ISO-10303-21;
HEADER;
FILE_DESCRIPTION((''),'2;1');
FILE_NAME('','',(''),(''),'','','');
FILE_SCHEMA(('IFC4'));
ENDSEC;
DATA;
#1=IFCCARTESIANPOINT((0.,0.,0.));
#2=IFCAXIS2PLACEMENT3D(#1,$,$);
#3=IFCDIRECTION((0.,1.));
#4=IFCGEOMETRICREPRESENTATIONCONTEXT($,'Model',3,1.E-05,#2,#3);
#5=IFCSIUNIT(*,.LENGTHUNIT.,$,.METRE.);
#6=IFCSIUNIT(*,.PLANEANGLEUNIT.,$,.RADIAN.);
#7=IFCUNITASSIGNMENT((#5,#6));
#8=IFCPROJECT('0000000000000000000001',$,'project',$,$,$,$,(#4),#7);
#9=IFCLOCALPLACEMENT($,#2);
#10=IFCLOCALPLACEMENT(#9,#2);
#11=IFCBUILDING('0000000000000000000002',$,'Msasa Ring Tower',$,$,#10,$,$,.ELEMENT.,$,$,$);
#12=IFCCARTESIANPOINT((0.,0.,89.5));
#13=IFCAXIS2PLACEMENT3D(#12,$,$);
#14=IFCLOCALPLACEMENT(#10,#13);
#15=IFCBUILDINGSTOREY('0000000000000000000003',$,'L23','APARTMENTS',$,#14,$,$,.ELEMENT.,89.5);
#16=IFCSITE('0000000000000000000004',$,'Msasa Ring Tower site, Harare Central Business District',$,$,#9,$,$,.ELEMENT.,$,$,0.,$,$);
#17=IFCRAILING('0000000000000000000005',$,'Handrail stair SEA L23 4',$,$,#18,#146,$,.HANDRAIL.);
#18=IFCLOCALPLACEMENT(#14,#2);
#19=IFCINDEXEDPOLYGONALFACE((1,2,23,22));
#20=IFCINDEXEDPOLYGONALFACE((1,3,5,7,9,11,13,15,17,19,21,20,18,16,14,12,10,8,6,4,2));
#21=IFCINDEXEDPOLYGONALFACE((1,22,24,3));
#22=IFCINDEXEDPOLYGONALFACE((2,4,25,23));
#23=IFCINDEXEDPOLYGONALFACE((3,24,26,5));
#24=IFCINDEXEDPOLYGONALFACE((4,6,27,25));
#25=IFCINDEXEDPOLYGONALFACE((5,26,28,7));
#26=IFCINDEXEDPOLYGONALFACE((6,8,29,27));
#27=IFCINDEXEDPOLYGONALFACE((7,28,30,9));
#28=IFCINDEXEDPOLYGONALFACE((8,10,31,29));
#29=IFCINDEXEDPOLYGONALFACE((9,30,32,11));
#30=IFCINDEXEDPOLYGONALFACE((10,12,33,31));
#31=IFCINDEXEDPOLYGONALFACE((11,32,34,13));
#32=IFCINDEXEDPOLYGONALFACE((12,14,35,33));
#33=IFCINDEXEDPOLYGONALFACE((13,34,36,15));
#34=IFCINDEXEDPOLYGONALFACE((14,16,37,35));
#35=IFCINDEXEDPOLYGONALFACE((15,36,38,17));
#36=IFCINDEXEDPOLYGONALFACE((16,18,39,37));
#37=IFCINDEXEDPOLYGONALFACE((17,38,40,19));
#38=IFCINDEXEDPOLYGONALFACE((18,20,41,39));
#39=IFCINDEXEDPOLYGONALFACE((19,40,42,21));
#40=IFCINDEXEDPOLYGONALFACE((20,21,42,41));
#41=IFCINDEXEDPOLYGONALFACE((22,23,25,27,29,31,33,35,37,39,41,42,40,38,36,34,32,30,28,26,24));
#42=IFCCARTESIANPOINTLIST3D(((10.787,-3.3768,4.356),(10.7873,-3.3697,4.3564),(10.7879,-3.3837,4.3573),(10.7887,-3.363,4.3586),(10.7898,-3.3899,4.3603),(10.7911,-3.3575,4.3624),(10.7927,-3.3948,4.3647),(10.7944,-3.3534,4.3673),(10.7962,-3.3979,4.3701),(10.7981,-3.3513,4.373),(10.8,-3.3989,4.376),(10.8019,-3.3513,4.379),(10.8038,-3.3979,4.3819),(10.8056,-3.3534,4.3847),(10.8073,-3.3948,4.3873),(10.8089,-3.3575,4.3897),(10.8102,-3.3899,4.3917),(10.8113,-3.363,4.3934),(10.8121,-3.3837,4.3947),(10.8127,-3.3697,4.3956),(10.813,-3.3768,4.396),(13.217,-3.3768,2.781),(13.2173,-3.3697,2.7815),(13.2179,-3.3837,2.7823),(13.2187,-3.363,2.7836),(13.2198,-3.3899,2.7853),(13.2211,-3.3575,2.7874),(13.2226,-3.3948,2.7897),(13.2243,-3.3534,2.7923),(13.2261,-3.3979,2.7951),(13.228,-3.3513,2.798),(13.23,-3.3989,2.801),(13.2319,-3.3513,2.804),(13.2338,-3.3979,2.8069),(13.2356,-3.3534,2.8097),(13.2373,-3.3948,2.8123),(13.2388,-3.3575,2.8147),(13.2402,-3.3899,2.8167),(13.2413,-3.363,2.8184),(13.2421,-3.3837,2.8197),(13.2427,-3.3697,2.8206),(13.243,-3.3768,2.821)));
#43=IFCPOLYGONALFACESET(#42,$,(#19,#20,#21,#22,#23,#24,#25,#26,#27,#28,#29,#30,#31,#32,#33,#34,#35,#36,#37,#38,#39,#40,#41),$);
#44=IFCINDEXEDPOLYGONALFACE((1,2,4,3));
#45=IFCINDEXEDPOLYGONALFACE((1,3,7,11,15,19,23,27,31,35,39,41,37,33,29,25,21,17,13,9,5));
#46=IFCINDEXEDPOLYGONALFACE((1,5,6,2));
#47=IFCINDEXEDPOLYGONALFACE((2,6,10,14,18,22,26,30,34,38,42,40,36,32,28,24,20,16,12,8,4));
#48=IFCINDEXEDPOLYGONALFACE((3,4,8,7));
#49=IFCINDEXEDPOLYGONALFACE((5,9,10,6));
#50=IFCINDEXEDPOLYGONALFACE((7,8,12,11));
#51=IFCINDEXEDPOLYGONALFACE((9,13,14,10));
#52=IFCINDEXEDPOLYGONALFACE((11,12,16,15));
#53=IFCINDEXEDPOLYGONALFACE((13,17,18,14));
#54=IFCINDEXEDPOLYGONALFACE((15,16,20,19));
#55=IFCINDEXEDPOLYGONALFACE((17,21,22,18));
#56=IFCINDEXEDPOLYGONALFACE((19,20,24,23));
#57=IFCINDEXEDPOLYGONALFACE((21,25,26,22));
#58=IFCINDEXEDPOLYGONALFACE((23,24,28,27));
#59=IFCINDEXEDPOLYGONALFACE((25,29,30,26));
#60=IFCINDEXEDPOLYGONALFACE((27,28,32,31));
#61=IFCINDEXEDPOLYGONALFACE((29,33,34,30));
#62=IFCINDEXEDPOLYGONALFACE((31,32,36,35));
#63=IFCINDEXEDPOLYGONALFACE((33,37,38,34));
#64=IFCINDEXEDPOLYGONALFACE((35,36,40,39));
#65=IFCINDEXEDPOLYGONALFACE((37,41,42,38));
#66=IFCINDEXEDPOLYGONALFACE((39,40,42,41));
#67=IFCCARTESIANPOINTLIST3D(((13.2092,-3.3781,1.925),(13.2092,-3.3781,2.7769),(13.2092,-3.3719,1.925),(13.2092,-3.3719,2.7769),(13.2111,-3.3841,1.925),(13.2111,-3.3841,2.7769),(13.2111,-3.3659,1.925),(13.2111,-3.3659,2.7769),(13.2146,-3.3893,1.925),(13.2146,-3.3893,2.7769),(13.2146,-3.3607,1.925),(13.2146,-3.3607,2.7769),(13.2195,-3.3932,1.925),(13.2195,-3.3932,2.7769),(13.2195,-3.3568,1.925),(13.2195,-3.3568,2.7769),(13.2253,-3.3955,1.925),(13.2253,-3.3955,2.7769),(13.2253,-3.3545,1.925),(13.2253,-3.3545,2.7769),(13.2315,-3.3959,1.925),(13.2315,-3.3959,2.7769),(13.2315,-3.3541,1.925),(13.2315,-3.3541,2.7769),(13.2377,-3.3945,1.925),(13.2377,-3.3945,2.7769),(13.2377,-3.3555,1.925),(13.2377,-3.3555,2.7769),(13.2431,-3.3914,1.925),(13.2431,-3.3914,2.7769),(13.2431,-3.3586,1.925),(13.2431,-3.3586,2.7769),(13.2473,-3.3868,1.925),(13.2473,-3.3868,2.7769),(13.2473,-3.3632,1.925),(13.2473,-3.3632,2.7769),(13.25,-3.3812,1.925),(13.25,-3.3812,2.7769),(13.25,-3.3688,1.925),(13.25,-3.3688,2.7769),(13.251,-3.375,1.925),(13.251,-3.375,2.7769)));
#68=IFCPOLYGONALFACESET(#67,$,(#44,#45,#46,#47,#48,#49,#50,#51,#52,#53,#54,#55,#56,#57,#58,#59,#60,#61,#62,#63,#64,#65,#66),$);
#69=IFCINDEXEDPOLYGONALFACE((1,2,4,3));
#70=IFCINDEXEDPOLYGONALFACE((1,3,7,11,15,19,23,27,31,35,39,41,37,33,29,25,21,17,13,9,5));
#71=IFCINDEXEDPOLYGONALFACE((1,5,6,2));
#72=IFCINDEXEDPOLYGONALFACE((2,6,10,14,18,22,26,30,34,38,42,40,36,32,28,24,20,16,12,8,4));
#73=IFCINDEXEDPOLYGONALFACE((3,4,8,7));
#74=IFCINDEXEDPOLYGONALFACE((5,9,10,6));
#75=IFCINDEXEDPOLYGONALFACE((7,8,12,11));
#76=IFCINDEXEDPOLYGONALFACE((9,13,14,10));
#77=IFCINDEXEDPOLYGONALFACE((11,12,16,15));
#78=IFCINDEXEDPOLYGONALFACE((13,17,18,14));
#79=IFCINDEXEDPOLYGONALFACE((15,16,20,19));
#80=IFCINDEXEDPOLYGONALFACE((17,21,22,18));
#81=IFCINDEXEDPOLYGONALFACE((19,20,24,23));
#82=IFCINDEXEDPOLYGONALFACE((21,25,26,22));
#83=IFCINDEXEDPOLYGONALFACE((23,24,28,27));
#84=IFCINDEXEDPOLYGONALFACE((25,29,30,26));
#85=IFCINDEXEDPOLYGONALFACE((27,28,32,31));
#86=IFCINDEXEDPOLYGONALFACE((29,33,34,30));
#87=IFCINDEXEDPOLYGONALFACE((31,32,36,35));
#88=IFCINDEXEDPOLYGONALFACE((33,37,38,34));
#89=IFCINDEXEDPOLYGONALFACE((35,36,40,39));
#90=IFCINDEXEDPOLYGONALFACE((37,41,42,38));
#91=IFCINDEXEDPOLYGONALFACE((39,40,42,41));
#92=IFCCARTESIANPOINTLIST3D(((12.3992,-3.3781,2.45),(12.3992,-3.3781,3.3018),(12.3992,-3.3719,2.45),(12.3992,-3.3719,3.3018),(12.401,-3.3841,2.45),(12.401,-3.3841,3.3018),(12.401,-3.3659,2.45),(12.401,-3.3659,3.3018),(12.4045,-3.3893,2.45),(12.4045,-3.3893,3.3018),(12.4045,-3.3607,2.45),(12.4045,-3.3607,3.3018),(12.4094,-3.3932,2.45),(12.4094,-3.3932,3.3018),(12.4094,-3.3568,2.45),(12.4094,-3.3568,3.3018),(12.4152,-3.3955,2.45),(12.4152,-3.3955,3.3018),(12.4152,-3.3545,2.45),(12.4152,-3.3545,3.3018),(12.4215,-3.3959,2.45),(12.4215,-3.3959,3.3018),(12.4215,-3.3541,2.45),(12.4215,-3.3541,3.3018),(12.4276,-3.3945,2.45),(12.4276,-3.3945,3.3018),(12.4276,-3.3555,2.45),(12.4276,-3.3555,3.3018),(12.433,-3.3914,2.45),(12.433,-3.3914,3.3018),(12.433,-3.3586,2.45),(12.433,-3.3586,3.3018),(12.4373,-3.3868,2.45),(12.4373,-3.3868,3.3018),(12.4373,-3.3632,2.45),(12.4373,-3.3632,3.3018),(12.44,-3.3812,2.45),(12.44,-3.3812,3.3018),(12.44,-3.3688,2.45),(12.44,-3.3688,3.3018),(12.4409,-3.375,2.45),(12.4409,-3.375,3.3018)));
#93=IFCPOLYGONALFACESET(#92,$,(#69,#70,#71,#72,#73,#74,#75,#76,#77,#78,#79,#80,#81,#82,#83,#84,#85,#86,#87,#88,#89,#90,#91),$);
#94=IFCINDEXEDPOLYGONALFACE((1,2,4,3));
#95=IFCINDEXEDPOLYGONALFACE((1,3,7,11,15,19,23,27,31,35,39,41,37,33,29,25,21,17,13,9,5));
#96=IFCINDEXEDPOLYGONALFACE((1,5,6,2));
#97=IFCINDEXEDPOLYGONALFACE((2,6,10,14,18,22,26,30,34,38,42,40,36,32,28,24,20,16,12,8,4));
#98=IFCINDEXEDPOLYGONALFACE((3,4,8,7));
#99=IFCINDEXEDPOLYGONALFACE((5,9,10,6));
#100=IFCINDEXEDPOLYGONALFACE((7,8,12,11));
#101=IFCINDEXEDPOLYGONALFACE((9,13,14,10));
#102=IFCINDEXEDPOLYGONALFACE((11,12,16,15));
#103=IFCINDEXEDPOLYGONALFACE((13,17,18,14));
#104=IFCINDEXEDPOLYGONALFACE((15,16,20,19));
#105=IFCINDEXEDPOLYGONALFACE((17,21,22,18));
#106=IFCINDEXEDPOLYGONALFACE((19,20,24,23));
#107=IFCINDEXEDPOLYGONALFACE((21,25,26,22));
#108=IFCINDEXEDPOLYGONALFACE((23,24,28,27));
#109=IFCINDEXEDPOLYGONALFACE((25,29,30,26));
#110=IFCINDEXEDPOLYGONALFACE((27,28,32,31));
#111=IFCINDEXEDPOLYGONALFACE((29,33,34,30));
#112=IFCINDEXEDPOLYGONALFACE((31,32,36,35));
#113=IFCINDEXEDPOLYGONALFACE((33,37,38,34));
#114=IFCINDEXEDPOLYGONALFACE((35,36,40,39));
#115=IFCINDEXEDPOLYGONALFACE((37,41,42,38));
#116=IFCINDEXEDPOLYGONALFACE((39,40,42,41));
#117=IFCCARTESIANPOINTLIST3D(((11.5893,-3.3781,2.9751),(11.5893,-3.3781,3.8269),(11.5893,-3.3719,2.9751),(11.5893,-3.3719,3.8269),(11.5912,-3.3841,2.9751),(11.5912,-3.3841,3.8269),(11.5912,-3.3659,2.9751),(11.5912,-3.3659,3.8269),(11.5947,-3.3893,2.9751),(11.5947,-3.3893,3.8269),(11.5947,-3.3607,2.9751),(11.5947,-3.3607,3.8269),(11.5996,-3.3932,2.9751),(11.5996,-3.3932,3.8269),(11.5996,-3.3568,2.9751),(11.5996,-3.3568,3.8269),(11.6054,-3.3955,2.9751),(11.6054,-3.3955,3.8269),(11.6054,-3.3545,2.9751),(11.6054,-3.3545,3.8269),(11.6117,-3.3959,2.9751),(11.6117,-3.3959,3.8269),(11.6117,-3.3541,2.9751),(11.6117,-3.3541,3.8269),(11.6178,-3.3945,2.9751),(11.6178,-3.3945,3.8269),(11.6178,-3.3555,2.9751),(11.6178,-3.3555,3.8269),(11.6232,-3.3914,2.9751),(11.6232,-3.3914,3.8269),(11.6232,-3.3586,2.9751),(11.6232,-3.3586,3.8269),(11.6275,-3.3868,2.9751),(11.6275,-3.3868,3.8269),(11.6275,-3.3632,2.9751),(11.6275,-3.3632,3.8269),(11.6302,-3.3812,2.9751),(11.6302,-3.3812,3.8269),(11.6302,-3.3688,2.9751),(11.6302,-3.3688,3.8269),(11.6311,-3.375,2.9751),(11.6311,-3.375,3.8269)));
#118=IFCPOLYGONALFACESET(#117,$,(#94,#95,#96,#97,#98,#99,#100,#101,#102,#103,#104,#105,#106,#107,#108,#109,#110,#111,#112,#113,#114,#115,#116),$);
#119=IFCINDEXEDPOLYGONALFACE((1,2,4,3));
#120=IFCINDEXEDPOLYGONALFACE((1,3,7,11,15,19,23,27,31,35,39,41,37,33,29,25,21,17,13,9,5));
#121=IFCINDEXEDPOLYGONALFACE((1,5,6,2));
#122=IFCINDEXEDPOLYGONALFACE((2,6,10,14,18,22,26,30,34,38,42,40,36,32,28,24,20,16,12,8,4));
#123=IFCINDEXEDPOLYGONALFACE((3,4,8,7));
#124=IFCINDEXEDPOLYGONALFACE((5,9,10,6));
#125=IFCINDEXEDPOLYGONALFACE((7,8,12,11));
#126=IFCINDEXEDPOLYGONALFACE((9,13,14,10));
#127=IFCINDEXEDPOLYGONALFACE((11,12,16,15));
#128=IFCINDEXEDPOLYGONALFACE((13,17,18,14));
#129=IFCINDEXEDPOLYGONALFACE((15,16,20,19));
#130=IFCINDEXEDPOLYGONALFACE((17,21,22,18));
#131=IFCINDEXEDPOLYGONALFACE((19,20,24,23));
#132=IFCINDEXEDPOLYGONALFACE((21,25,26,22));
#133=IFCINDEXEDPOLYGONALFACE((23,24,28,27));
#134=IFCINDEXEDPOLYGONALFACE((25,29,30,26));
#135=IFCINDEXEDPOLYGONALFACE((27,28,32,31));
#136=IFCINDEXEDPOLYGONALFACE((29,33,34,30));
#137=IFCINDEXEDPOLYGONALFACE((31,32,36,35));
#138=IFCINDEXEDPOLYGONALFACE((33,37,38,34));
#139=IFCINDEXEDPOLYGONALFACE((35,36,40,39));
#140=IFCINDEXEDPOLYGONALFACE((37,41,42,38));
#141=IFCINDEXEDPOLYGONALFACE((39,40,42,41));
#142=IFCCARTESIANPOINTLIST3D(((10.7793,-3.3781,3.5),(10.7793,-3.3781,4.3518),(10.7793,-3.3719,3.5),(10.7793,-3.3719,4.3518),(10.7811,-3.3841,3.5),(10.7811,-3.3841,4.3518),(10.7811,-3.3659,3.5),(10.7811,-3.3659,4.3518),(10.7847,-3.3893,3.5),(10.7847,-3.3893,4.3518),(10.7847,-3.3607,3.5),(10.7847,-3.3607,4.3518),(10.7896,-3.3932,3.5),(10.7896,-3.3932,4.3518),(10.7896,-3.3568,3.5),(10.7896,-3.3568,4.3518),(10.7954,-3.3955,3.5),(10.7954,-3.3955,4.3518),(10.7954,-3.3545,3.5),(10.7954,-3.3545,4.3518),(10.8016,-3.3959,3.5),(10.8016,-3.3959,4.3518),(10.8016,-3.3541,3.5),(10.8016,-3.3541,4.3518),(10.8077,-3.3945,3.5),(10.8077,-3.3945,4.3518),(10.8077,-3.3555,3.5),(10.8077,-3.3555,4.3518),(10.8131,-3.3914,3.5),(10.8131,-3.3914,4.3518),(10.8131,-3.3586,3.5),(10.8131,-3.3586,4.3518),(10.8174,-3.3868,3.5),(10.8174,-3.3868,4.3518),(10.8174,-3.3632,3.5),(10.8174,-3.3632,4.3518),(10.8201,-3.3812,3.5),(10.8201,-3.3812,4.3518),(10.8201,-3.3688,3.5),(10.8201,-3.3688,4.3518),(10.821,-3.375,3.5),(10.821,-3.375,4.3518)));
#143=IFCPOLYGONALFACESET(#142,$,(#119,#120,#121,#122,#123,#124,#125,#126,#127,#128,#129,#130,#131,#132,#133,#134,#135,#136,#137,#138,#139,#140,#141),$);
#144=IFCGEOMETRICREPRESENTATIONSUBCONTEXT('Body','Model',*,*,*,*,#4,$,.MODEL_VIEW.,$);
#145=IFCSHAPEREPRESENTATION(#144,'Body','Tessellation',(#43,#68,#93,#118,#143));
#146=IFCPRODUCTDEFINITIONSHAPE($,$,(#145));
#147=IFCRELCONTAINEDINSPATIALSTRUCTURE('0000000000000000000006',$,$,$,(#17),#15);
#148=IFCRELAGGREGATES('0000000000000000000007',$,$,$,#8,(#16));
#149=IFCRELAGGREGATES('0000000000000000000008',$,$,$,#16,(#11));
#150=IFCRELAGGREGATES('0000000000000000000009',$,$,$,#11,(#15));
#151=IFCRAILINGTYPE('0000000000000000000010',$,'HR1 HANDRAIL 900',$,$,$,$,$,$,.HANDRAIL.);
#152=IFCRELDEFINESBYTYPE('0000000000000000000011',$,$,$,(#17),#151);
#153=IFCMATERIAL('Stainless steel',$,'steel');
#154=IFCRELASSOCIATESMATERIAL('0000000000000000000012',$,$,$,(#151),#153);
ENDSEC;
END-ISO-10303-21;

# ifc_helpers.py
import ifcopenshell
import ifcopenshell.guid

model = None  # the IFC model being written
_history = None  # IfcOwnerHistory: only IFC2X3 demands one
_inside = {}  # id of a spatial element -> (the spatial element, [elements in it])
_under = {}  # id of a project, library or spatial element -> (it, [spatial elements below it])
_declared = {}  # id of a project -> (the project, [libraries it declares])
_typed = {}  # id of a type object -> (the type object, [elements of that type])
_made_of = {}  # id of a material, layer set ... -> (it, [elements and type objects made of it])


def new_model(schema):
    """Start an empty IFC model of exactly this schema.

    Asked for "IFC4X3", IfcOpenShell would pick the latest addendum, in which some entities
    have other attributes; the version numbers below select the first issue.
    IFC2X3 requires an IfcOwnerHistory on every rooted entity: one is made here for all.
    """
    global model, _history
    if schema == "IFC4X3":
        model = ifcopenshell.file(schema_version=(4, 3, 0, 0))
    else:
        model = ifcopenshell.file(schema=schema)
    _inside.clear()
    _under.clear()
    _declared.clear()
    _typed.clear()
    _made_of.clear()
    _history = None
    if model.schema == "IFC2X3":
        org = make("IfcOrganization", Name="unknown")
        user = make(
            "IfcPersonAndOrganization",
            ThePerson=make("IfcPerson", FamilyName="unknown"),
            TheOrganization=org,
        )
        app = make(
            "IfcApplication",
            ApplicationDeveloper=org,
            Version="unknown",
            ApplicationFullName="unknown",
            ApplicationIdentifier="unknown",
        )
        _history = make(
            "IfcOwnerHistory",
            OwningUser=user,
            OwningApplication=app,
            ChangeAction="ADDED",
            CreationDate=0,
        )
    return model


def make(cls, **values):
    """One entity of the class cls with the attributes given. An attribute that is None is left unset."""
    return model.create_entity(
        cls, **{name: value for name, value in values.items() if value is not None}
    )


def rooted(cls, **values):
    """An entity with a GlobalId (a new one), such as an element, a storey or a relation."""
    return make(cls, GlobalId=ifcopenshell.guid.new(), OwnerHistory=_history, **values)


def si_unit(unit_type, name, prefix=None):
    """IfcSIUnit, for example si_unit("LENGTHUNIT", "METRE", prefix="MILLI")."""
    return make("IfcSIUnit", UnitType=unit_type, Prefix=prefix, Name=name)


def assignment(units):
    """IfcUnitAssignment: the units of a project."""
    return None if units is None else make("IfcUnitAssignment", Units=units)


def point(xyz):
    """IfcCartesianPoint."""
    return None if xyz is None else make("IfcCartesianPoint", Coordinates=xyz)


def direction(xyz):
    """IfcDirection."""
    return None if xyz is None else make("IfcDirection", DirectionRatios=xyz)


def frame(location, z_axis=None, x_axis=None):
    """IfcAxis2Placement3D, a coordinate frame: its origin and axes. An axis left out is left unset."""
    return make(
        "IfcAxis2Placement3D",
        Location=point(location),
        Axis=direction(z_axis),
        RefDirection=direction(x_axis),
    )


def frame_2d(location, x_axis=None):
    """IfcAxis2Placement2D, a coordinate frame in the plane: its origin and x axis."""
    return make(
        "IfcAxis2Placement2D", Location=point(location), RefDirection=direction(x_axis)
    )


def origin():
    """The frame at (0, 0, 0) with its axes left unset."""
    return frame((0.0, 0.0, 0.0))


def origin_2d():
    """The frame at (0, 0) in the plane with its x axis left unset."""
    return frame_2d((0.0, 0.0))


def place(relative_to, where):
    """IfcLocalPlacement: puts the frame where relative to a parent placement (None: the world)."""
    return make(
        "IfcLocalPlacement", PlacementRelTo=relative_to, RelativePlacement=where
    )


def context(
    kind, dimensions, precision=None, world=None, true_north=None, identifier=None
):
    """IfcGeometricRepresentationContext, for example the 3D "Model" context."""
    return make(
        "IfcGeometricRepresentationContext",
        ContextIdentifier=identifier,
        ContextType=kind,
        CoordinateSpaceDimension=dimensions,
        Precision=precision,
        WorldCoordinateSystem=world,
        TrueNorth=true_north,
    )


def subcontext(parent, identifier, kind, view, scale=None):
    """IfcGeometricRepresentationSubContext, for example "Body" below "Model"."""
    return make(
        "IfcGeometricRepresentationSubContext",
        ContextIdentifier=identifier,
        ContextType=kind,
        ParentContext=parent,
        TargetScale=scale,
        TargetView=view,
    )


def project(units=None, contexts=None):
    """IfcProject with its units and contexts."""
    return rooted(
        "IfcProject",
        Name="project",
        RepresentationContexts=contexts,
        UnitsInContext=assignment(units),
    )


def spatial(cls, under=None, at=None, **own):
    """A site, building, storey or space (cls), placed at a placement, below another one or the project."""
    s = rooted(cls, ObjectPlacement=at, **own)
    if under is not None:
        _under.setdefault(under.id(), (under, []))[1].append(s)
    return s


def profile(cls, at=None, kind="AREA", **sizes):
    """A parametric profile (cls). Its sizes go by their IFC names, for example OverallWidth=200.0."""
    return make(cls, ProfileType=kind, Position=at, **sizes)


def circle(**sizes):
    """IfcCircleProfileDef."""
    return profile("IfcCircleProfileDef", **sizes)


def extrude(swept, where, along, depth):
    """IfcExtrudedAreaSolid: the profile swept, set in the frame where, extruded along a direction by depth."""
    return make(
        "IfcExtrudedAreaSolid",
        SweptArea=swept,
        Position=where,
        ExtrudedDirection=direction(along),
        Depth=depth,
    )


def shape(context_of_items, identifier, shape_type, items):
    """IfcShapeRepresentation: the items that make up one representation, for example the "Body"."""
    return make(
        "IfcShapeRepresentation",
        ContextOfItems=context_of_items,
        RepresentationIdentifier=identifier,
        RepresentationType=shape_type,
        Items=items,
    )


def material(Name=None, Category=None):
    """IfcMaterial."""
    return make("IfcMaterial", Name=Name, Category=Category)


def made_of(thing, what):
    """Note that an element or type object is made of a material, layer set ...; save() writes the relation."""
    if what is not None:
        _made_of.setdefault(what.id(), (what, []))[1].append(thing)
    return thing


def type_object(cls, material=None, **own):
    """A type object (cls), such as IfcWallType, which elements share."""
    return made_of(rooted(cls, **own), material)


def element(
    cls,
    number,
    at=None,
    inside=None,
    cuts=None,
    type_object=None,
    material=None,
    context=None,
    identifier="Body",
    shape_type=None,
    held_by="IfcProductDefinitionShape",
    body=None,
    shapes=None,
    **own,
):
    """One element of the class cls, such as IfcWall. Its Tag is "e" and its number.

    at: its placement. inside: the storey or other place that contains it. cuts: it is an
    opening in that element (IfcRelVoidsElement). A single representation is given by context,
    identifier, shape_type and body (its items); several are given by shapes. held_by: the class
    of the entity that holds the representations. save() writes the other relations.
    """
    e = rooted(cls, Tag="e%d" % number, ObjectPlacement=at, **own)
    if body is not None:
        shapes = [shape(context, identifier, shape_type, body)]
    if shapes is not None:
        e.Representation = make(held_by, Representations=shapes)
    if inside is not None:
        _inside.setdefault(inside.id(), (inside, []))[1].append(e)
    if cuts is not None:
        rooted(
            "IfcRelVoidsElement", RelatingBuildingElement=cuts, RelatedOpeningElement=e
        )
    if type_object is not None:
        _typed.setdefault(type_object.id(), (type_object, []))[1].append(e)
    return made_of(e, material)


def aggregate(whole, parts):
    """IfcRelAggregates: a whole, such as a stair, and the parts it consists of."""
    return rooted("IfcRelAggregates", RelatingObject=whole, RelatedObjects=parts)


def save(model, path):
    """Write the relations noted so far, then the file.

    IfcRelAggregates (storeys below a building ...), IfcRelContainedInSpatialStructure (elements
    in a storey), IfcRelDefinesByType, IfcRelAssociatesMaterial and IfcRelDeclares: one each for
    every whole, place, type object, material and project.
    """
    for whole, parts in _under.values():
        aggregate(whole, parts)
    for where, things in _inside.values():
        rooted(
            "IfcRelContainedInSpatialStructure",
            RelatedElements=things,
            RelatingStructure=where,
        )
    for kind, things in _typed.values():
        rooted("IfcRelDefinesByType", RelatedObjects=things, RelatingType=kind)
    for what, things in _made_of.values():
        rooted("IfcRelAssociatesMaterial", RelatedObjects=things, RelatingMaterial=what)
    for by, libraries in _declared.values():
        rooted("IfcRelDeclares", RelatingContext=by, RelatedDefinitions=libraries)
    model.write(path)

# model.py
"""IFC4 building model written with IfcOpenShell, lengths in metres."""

from ifc_helpers import new_model, si_unit, direction, frame, origin, origin_2d, place, context, subcontext, project, spatial, circle, extrude, material, type_object, element, save


model = new_model("IFC4")

# Units and contexts
model_context = context("Model", 3, precision=1e-05, world=origin(), true_north=direction((0.0, 1.0)))
body_context = subcontext(model_context, "Body", "Model", "MODEL_VIEW")
ifc_project = project(units=[si_unit("LENGTHUNIT", "METRE"), si_unit("PLANEANGLEUNIT", "RADIAN")], contexts=[model_context])

# Site, building, storey
site_placement = place(None, origin())
site = spatial("IfcSite", under=ifc_project, at=site_placement, Name="Msasa Ring Tower site, Harare Central Business District", CompositionType="ELEMENT", RefElevation=0.0)
building_placement = place(site_placement, origin())
building = spatial("IfcBuilding", under=site, at=building_placement, Name="Msasa Ring Tower", CompositionType="ELEMENT")
storey_placement = place(building_placement, frame((0.0, 0.0, 89.5)))
storey = spatial("IfcBuildingStorey", under=building, at=storey_placement, Name="L23", Description="APARTMENTS", CompositionType="ELEMENT", Elevation=89.5)

# Railing
ifc_material_1 = material(Name="Stainless steel", Category="steel")
railing_type = type_object("IfcRailingType", Name="HR1 HANDRAIL 900", PredefinedType="HANDRAIL", material=ifc_material_1)
for number, where, name in (
    (1, (13.23, -3.375, 1.925), "Handrail stair SEA L23 4"),
):
    element("IfcRailing", number, at=place(storey_placement, frame(where)), inside=storey, type_object=railing_type, Name=name, PredefinedType="HANDRAIL", context=body_context, shape_type="SweptSolid", body=[
        extrude(circle(Radius=0.0239, at=origin_2d()), frame((0.0, 0.0, 0.876), z_axis=(-0.839154, 0.0, 0.543894), x_axis=(0.0, -1.0, 0.0)), (0.0, 0.0, 1.0), 2.8958),
        extrude(circle(Radius=0.021, at=origin_2d()), origin(), (0.0, 0.0, 1.0), 0.8518),
        extrude(circle(Radius=0.021, at=origin_2d()), frame((-0.8101, 0.0, 0.5249)), (0.0, 0.0, 1.0), 0.8518),
        extrude(circle(Radius=0.021, at=origin_2d()), frame((-1.6199, 0.0, 1.05)), (0.0, 0.0, 1.0), 0.8518),
        extrude(circle(Radius=0.021, at=origin_2d()), frame((-2.4299, 0.0, 1.575)), (0.0, 0.0, 1.0), 0.8518),
    ])

save(model, "model.ifc")
